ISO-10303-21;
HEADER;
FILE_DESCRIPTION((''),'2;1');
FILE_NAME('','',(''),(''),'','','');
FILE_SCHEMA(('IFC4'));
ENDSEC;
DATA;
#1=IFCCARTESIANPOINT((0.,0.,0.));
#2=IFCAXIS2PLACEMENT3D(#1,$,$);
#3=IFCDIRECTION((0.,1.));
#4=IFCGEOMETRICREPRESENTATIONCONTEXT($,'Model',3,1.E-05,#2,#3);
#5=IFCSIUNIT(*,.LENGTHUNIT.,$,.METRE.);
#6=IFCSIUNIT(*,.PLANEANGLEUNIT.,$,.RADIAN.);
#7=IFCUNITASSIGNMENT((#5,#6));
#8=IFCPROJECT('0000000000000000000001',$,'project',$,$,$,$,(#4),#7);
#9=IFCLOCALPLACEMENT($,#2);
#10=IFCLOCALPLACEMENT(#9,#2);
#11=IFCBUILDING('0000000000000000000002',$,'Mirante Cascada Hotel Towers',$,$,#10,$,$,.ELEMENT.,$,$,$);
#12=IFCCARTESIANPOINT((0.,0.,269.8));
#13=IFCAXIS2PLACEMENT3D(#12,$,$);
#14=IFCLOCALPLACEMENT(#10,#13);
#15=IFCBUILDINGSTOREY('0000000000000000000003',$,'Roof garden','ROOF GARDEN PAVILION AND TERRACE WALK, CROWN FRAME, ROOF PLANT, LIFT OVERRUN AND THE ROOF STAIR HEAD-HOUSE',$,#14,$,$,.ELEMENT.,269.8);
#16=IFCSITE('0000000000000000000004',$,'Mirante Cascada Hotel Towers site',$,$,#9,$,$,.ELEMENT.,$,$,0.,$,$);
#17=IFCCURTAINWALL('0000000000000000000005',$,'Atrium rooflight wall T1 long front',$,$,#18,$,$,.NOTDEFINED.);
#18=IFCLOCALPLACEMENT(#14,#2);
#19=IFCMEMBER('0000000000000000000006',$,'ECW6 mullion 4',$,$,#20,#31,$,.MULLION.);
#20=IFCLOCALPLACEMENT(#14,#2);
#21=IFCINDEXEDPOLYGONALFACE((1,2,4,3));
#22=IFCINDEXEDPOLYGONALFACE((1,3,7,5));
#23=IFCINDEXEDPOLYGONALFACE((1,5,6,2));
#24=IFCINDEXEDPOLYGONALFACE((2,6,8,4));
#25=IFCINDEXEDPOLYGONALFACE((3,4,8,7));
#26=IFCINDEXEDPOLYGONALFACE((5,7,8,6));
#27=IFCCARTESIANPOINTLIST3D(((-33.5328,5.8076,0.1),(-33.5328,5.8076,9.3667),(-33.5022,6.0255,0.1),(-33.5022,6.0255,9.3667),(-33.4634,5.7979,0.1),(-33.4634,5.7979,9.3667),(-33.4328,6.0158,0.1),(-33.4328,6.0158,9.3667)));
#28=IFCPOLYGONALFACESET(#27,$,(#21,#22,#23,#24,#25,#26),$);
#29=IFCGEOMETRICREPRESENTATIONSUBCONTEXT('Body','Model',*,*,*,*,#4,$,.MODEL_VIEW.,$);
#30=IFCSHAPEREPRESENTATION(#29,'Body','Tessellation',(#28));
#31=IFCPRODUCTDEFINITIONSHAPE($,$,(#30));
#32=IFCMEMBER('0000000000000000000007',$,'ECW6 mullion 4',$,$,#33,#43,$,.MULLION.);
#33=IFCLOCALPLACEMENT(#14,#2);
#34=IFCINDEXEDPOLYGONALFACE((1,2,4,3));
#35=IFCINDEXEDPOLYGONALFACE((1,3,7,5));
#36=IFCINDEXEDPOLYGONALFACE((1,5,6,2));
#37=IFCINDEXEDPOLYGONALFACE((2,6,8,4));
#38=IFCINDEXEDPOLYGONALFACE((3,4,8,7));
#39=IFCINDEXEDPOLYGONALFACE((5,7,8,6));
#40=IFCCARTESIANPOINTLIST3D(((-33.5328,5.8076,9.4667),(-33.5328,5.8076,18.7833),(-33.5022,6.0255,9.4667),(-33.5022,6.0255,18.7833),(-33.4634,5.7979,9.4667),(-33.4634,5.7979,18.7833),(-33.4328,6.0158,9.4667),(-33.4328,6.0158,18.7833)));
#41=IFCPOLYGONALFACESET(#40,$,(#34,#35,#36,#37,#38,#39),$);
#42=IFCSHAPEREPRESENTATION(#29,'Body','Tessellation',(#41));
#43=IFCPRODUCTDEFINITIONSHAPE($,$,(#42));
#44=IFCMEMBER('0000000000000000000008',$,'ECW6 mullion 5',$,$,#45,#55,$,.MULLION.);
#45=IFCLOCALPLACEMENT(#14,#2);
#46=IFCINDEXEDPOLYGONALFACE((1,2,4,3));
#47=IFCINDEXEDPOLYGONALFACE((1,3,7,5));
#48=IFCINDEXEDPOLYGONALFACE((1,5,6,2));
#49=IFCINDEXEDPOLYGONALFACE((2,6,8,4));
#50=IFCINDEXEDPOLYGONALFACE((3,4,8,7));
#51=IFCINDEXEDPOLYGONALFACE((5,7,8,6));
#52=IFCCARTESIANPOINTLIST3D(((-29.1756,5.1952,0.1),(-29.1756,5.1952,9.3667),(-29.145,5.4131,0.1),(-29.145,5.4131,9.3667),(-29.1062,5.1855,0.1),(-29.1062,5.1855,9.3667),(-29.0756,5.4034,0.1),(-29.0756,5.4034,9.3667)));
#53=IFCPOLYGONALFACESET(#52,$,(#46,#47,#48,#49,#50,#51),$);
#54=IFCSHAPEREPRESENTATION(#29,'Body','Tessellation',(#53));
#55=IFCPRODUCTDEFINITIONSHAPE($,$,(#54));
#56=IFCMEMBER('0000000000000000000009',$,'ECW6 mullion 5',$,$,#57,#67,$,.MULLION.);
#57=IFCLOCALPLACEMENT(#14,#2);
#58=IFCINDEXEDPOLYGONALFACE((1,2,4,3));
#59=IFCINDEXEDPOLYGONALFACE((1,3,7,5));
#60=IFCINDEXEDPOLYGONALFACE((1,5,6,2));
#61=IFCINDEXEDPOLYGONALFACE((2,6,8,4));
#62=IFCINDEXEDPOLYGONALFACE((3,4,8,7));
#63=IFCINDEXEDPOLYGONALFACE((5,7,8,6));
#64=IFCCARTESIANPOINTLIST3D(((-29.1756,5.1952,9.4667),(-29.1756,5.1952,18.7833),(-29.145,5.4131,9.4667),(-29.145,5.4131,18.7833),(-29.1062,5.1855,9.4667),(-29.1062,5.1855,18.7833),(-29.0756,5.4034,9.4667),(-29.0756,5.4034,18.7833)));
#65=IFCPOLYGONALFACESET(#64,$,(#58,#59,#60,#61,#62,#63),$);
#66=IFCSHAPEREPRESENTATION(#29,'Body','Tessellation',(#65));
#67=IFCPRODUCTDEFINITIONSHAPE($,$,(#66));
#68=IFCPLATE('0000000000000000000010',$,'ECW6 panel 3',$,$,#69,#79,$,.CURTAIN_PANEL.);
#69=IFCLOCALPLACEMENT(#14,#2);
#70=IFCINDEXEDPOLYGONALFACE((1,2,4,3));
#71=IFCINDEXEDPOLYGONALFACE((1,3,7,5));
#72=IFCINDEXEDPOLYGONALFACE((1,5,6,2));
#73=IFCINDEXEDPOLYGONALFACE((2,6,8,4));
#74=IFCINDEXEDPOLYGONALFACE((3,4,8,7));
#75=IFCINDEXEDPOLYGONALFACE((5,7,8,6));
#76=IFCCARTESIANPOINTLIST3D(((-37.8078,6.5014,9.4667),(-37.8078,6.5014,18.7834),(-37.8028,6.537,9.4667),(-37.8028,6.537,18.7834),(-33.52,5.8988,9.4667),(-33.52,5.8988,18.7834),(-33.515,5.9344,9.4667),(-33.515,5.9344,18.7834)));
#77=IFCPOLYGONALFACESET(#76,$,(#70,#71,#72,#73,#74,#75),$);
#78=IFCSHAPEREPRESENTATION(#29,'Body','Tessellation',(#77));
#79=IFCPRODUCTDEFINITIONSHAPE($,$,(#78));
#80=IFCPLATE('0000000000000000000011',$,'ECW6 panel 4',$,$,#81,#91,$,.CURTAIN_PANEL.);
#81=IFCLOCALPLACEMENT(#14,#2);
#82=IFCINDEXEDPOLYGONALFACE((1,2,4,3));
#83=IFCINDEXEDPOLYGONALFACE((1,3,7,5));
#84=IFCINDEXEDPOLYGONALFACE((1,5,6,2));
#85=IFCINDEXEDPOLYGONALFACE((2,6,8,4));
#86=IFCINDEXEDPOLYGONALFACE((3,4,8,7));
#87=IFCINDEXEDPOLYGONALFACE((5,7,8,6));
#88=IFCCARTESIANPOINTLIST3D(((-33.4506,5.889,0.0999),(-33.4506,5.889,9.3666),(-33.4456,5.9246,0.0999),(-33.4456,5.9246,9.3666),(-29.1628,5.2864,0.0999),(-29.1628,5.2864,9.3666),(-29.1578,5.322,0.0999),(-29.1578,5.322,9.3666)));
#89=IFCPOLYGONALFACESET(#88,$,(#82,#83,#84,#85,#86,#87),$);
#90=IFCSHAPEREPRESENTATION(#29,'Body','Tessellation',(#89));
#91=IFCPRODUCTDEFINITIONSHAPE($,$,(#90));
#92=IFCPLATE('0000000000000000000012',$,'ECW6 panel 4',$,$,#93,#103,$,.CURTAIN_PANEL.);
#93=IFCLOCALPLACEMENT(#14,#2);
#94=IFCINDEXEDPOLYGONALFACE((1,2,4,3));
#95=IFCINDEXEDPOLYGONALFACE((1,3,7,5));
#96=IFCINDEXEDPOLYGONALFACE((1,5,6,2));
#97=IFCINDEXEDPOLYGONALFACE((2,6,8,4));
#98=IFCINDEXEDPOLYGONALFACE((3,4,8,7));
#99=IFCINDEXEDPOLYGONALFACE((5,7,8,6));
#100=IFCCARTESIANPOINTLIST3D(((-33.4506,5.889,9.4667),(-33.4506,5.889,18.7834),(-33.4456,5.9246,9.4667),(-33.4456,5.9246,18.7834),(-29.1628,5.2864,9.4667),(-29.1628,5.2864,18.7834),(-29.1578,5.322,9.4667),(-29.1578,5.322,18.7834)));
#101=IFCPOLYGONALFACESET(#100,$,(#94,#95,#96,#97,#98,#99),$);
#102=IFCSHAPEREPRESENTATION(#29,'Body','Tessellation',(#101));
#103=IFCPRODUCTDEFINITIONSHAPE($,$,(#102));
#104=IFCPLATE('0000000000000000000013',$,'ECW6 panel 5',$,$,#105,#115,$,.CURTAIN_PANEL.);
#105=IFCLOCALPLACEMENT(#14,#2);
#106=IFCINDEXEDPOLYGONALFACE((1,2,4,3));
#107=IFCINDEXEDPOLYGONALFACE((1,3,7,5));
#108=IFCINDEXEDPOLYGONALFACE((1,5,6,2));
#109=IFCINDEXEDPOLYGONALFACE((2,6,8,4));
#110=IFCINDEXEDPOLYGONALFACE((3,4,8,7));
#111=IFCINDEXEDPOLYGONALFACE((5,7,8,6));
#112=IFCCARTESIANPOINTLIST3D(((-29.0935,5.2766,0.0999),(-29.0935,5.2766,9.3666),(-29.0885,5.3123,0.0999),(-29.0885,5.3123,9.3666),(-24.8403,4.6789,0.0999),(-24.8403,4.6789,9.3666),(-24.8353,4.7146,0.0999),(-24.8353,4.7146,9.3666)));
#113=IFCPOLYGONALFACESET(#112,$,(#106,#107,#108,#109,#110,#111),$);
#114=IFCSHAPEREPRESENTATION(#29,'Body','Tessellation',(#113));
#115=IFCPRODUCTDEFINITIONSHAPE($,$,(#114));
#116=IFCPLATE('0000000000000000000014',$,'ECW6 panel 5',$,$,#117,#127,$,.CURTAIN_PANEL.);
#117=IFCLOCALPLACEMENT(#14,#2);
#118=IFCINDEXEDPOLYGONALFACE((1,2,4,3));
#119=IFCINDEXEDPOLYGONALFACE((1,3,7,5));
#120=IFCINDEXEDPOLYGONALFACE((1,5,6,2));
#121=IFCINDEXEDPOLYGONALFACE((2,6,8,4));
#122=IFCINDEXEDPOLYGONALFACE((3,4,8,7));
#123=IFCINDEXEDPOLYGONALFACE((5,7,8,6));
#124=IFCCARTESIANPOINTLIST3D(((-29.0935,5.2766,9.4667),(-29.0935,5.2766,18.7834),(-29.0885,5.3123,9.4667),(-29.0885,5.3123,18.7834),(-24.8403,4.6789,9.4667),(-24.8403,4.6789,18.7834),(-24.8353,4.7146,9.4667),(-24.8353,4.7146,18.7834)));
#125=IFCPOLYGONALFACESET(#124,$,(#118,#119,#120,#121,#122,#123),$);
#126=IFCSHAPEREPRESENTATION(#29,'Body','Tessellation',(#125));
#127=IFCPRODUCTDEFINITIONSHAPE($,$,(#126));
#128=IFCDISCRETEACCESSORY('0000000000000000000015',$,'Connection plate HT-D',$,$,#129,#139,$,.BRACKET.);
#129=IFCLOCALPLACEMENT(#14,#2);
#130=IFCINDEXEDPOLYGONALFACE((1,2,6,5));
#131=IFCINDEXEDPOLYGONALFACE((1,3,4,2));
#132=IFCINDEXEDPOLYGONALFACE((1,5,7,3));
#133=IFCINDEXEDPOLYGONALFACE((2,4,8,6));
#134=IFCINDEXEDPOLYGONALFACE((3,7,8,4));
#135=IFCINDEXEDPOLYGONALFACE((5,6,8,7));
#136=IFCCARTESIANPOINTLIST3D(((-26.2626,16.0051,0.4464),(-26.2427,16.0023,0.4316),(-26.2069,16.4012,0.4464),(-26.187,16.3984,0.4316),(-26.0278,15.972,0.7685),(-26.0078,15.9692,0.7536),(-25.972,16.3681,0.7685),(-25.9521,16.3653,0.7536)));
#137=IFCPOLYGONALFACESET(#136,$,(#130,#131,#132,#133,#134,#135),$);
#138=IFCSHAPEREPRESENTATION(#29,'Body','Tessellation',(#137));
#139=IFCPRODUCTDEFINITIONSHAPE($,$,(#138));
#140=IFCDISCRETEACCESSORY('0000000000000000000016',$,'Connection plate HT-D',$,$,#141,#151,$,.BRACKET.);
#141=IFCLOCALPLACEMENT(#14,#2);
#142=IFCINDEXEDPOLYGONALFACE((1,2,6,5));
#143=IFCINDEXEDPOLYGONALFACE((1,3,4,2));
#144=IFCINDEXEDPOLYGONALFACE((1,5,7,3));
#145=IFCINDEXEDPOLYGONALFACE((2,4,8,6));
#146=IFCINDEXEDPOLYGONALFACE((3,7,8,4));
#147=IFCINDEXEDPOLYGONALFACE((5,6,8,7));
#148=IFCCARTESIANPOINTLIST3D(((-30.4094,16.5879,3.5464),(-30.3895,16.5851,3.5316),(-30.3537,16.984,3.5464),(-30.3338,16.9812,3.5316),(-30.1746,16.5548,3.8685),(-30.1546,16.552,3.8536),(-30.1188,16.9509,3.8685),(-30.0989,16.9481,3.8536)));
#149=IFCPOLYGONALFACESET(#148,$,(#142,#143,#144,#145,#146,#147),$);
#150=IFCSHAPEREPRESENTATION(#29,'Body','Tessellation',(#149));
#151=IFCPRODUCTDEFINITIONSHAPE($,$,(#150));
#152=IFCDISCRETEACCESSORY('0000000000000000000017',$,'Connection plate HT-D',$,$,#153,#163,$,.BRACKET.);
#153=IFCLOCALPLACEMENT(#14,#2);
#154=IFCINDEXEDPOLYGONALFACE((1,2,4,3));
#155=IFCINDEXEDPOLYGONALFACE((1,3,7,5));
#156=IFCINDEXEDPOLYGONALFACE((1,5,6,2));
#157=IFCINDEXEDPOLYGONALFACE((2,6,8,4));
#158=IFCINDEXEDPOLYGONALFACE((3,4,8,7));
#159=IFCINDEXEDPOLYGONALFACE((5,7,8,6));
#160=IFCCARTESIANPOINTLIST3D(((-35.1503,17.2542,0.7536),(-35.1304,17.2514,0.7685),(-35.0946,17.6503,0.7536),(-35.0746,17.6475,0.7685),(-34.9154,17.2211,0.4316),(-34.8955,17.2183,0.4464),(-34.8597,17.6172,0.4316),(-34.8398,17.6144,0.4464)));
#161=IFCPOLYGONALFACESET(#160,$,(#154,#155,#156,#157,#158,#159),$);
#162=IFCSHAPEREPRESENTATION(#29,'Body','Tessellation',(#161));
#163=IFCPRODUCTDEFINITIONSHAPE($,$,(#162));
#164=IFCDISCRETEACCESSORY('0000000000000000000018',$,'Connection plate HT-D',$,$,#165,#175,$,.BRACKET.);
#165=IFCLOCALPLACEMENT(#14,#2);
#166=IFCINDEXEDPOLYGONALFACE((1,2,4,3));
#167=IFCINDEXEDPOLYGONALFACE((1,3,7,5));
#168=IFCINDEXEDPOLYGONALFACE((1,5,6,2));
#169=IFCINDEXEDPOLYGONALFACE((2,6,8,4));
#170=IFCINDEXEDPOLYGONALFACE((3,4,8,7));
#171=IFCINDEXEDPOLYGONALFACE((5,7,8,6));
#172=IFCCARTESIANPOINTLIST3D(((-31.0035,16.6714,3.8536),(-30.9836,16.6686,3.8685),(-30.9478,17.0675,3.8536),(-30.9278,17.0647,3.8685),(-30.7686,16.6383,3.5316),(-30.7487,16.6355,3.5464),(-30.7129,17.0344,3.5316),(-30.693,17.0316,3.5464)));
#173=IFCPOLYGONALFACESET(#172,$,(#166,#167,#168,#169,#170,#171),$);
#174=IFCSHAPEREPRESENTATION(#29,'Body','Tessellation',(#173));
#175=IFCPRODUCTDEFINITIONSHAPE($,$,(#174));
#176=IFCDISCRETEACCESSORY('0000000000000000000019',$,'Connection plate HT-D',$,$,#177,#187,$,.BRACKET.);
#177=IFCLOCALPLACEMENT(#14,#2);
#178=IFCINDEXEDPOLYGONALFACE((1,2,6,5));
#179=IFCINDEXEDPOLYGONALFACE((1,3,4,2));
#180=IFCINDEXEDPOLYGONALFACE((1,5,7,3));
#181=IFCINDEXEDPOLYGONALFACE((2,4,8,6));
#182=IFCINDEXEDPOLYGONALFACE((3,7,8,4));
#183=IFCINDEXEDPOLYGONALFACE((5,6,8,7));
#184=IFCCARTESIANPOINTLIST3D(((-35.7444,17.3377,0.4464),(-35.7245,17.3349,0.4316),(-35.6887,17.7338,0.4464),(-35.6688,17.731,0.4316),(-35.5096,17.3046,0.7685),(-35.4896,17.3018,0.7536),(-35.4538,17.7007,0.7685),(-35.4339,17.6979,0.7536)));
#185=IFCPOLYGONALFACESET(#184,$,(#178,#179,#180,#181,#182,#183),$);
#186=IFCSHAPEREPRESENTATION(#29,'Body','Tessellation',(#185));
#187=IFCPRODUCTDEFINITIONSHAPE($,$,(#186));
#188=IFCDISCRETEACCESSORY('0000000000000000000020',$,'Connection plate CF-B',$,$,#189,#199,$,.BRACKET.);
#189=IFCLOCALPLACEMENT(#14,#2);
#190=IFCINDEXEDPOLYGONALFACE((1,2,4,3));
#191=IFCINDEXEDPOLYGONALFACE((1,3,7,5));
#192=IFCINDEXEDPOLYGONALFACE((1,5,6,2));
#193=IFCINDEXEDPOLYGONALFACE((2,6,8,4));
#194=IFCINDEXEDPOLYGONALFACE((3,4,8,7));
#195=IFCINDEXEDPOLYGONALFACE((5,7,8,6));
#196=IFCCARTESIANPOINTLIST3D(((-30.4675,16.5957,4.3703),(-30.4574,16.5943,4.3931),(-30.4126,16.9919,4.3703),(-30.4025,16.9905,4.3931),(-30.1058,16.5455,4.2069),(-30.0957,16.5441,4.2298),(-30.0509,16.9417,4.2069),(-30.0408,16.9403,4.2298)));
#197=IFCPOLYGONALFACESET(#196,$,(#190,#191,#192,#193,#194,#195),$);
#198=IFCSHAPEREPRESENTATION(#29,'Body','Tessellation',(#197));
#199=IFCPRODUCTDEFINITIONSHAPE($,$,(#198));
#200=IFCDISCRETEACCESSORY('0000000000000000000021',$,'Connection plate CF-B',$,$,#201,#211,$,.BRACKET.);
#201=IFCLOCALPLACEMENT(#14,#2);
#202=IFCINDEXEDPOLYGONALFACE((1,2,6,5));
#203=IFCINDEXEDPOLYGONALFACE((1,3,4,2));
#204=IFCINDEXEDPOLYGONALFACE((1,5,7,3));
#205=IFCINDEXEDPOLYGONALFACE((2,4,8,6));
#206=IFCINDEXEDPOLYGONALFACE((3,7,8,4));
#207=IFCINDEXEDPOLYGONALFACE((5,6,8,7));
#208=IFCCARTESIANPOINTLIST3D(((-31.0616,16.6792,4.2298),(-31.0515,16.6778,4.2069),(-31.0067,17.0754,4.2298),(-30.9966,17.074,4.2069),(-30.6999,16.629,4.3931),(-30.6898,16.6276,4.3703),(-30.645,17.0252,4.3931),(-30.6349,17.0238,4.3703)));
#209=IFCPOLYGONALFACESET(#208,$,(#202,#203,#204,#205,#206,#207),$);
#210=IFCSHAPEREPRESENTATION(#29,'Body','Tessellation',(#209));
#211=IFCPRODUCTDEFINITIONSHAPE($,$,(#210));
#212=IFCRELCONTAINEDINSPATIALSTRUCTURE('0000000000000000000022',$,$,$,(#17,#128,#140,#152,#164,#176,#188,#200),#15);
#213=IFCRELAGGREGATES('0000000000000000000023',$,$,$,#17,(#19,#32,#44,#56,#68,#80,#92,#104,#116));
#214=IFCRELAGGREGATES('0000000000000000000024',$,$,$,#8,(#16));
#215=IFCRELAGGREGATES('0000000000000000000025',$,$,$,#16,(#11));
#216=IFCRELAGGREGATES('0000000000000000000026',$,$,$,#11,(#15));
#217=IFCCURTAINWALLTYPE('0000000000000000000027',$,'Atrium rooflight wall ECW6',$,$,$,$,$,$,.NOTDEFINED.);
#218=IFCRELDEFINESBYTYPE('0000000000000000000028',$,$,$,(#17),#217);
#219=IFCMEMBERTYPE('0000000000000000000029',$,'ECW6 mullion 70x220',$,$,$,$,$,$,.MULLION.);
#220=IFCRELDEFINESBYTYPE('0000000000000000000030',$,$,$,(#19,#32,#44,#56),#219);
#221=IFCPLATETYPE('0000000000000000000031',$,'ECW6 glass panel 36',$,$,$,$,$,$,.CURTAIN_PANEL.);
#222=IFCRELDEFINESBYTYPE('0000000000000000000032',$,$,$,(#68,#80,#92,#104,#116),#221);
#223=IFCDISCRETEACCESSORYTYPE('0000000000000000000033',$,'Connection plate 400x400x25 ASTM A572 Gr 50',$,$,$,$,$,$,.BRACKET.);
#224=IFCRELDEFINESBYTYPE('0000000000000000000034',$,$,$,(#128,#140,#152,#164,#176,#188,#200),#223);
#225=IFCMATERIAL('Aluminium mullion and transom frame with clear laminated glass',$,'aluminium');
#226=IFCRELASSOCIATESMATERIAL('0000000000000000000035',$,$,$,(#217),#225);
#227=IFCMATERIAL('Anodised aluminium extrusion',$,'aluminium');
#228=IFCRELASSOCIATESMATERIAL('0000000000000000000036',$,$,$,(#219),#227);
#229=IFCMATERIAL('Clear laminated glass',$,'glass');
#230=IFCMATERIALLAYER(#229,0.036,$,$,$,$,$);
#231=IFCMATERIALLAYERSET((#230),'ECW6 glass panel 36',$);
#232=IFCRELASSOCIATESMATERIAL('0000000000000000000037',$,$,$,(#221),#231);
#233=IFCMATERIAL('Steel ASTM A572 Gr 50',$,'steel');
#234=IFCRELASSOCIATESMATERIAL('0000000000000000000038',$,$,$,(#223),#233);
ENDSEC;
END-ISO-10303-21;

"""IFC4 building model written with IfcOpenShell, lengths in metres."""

from ifc_helpers import new_model, si_unit, direction, frame, origin, origin_2d, place, context, subcontext, project, spatial, rectangle, extrude, material, layer, layer_set, material_profile, profile_set, type_object, element, aggregate, save


model = new_model("IFC4")

# Units and contexts
model_context = context("Model", 3, precision=1e-05, world=origin(), true_north=direction((0.0, 1.0)))
body_context = subcontext(model_context, "Body", "Model", "MODEL_VIEW")
ifc_project = project(units=[si_unit("LENGTHUNIT", "METRE"), si_unit("PLANEANGLEUNIT", "RADIAN")], contexts=[model_context])

# Site, building, storey
site_placement = place(None, origin())
site = spatial("IfcSite", under=ifc_project, at=site_placement, Name="Mirante Cascada Hotel Towers site", CompositionType="ELEMENT", RefElevation=0.0)
building_placement = place(site_placement, origin())
building = spatial("IfcBuilding", under=site, at=building_placement, Name="Mirante Cascada Hotel Towers", CompositionType="ELEMENT")
storey_placement = place(building_placement, frame((0.0, 0.0, 269.8)))
storey = spatial("IfcBuildingStorey", under=building, at=storey_placement, Name="Roof garden", Description="ROOF GARDEN PAVILION AND TERRACE WALK, CROWN FRAME, ROOF PLANT, LIFT OVERRUN AND THE ROOF STAIR HEAD-HOUSE", CompositionType="ELEMENT", Elevation=269.8)

# Curtain wall, members, plates
ifc_material_1 = material(Name="Aluminium mullion and transom frame with clear laminated glass", Category="aluminium")
curtain_wall_type = type_object("IfcCurtainWallType", Name="Atrium rooflight wall ECW6", PredefinedType="NOTDEFINED", material=ifc_material_1)
curtain_wall_placement = place(storey_placement, origin())
curtain_wall = element("IfcCurtainWall", 1, at=curtain_wall_placement, inside=storey, type_object=curtain_wall_type, Name="Atrium rooflight wall T1 long front", PredefinedType="NOTDEFINED")
ifc_material_2 = material(Name="Anodised aluminium extrusion", Category="aluminium")
ifc_material_profile_1 = material_profile(ifc_material_2, rectangle(XDim=0.22, YDim=0.07, at=origin_2d()), Name="ECW6 MULLION 70x220")
ifc_profile_set_1 = profile_set([ifc_material_profile_1], Name="Anodised aluminium extrusion")
member_type_1 = type_object("IfcMemberType", Name="ECW6 mullion 70x220", PredefinedType="MULLION", material=ifc_profile_set_1)
member_1_placement = place(storey_placement, frame((-33.4828, 5.9117, 0.1), z_axis=(0.0, 0.0, 1.0), x_axis=(0.139173, 0.990268, 0.0)))
member_1 = element("IfcMember", 2, at=member_1_placement, type_object=member_type_1, Name="ECW6 mullion 4", PredefinedType="MULLION", context=body_context, shape_type="SweptSolid", body=[
    extrude(rectangle(XDim=0.22, YDim=0.07, at=origin_2d()), origin(), (0.0, 0.0, 1.0), 9.2667),
])
member_2_placement = place(storey_placement, frame((-33.4828, 5.9117, 9.4667), z_axis=(0.0, 0.0, 1.0), x_axis=(0.139173, 0.990268, 0.0)))
member_2 = element("IfcMember", 3, at=member_2_placement, type_object=member_type_1, Name="ECW6 mullion 4", PredefinedType="MULLION", context=body_context, shape_type="SweptSolid", body=[
    extrude(rectangle(XDim=0.22, YDim=0.07, at=origin_2d()), origin(), (0.0, 0.0, 1.0), 9.3166),
])
member_3_placement = place(storey_placement, frame((-29.1256, 5.2993, 0.1), z_axis=(0.0, 0.0, 1.0), x_axis=(0.139173, 0.990268, 0.0)))
member_3 = element("IfcMember", 4, at=member_3_placement, type_object=member_type_1, Name="ECW6 mullion 5", PredefinedType="MULLION", context=body_context, shape_type="SweptSolid", body=[
    extrude(rectangle(XDim=0.22, YDim=0.07, at=origin_2d()), origin(), (0.0, 0.0, 1.0), 9.2667),
])
member_4_placement = place(storey_placement, frame((-29.1256, 5.2993, 9.4667), z_axis=(0.0, 0.0, 1.0), x_axis=(0.139173, 0.990268, 0.0)))
member_4 = element("IfcMember", 5, at=member_4_placement, type_object=member_type_1, Name="ECW6 mullion 5", PredefinedType="MULLION", context=body_context, shape_type="SweptSolid", body=[
    extrude(rectangle(XDim=0.22, YDim=0.07, at=origin_2d()), origin(), (0.0, 0.0, 1.0), 9.3166),
])
ifc_material_3 = material(Name="Clear laminated glass", Category="glass")
ifc_layer = layer(ifc_material_3, 0.036)
ifc_layer_set = layer_set([ifc_layer], Name="ECW6 glass panel 36")
plate_type = type_object("IfcPlateType", Name="ECW6 glass panel 36", PredefinedType="CURTAIN_PANEL", material=ifc_layer_set)
plate_1_placement = place(storey_placement, frame((-35.6614, 6.2179, 9.4667), z_axis=(0.0, 0.0, 1.0), x_axis=(0.990268, -0.139173, 0.0)))
plate_1 = element("IfcPlate", 6, at=plate_1_placement, type_object=plate_type, Name="ECW6 panel 3", PredefinedType="CURTAIN_PANEL", context=body_context, shape_type="SweptSolid", body=[
    extrude(rectangle(XDim=4.33, YDim=0.036, at=origin_2d()), origin(), (0.0, 0.0, 1.0), 9.3167),
])
plate_2_placement = place(storey_placement, frame((-31.3042, 5.6055, 0.0999), z_axis=(0.0, 0.0, 1.0), x_axis=(0.990268, -0.139173, 0.0)))
plate_2 = element("IfcPlate", 7, at=plate_2_placement, type_object=plate_type, Name="ECW6 panel 4", PredefinedType="CURTAIN_PANEL", context=body_context, shape_type="SweptSolid", body=[
    extrude(rectangle(XDim=4.33, YDim=0.036, at=origin_2d()), origin(), (0.0, 0.0, 1.0), 9.2667),
])
plate_3_placement = place(storey_placement, frame((-31.3042, 5.6055, 9.4667), z_axis=(0.0, 0.0, 1.0), x_axis=(0.990268, -0.139173, 0.0)))
plate_3 = element("IfcPlate", 8, at=plate_3_placement, type_object=plate_type, Name="ECW6 panel 4", PredefinedType="CURTAIN_PANEL", context=body_context, shape_type="SweptSolid", body=[
    extrude(rectangle(XDim=4.33, YDim=0.036, at=origin_2d()), origin(), (0.0, 0.0, 1.0), 9.3167),
])
plate_4_placement = place(storey_placement, frame((-26.9644, 4.9956, 0.0999), z_axis=(0.0, 0.0, 1.0), x_axis=(0.990268, -0.139173, 0.0)))
plate_4 = element("IfcPlate", 9, at=plate_4_placement, type_object=plate_type, Name="ECW6 panel 5", PredefinedType="CURTAIN_PANEL", context=body_context, shape_type="SweptSolid", body=[
    extrude(rectangle(XDim=4.295, YDim=0.036, at=origin_2d()), origin(), (0.0, 0.0, 1.0), 9.2667),
])
plate_5_placement = place(storey_placement, frame((-26.9644, 4.9956, 9.4667), z_axis=(0.0, 0.0, 1.0), x_axis=(0.990268, -0.139173, 0.0)))
plate_5 = element("IfcPlate", 10, at=plate_5_placement, type_object=plate_type, Name="ECW6 panel 5", PredefinedType="CURTAIN_PANEL", context=body_context, shape_type="SweptSolid", body=[
    extrude(rectangle(XDim=4.295, YDim=0.036, at=origin_2d()), origin(), (0.0, 0.0, 1.0), 9.3167),
])
aggregate(curtain_wall, [member_1, member_2, member_3, member_4, plate_1, plate_2, plate_3, plate_4, plate_5])

# Discrete accessories
ifc_material_4 = material(Name="Steel ASTM A572 Gr 50", Category="steel")
ifc_material_profile_2 = material_profile(ifc_material_4, rectangle(XDim=0.4, YDim=0.4, at=origin_2d()), Name="Connection plate 400x400x25 ASTM A572 Gr 50")
ifc_profile_set_2 = profile_set([ifc_material_profile_2], Name="Steel ASTM A572 Gr 50")
discrete_accessory_type = type_object("IfcDiscreteAccessoryType", Name="Connection plate 400x400x25 ASTM A572 Gr 50", PredefinedType="BRACKET", material=ifc_profile_set_2)
for number, where, z_axis, x_axis, name in (
    (11, (-26.0974, 16.1838, 0.5926), (-0.797347, 0.112189, 0.593002), (-0.139331, -0.990246, 0.0), "Connection plate HT-D"),
    (12, (-30.2442, 16.7666, 3.6926), (-0.797347, 0.112189, 0.593002), (-0.139331, -0.990246, 0.0), "Connection plate HT-D"),
    (13, (-35.005, 17.4357, 0.5926), (0.797347, -0.112189, 0.593002), (0.139331, 0.990246, 0.0), "Connection plate HT-D"),
    (14, (-30.8582, 16.8529, 3.6926), (0.797347, -0.112189, 0.593002), (0.139331, 0.990246, 0.0), "Connection plate HT-D"),
    (15, (-35.5792, 17.5164, 0.5926), (-0.797347, 0.112189, 0.593002), (-0.139331, -0.990246, 0.0), "Connection plate HT-D"),
    (16, (-30.2592, 16.7687, 4.2886), (0.404385, -0.056053, 0.91287), (0.137301, 0.990529, 0.0), "Connection plate CF-B"),
    (17, (-30.8432, 16.8508, 4.2886), (-0.404385, 0.056053, 0.91287), (-0.137301, -0.990529, 0.0), "Connection plate CF-B"),
):
    element("IfcDiscreteAccessory", number, at=place(storey_placement, frame(where, z_axis=z_axis, x_axis=x_axis)), inside=storey, type_object=discrete_accessory_type, Name=name, PredefinedType="BRACKET", context=body_context, shape_type="SweptSolid", body=[
        extrude(rectangle(XDim=0.4, YDim=0.4, at=origin_2d()), origin(), (0.0, 0.0, 1.0), 0.025),
    ])

save(model, "model.ifc")
